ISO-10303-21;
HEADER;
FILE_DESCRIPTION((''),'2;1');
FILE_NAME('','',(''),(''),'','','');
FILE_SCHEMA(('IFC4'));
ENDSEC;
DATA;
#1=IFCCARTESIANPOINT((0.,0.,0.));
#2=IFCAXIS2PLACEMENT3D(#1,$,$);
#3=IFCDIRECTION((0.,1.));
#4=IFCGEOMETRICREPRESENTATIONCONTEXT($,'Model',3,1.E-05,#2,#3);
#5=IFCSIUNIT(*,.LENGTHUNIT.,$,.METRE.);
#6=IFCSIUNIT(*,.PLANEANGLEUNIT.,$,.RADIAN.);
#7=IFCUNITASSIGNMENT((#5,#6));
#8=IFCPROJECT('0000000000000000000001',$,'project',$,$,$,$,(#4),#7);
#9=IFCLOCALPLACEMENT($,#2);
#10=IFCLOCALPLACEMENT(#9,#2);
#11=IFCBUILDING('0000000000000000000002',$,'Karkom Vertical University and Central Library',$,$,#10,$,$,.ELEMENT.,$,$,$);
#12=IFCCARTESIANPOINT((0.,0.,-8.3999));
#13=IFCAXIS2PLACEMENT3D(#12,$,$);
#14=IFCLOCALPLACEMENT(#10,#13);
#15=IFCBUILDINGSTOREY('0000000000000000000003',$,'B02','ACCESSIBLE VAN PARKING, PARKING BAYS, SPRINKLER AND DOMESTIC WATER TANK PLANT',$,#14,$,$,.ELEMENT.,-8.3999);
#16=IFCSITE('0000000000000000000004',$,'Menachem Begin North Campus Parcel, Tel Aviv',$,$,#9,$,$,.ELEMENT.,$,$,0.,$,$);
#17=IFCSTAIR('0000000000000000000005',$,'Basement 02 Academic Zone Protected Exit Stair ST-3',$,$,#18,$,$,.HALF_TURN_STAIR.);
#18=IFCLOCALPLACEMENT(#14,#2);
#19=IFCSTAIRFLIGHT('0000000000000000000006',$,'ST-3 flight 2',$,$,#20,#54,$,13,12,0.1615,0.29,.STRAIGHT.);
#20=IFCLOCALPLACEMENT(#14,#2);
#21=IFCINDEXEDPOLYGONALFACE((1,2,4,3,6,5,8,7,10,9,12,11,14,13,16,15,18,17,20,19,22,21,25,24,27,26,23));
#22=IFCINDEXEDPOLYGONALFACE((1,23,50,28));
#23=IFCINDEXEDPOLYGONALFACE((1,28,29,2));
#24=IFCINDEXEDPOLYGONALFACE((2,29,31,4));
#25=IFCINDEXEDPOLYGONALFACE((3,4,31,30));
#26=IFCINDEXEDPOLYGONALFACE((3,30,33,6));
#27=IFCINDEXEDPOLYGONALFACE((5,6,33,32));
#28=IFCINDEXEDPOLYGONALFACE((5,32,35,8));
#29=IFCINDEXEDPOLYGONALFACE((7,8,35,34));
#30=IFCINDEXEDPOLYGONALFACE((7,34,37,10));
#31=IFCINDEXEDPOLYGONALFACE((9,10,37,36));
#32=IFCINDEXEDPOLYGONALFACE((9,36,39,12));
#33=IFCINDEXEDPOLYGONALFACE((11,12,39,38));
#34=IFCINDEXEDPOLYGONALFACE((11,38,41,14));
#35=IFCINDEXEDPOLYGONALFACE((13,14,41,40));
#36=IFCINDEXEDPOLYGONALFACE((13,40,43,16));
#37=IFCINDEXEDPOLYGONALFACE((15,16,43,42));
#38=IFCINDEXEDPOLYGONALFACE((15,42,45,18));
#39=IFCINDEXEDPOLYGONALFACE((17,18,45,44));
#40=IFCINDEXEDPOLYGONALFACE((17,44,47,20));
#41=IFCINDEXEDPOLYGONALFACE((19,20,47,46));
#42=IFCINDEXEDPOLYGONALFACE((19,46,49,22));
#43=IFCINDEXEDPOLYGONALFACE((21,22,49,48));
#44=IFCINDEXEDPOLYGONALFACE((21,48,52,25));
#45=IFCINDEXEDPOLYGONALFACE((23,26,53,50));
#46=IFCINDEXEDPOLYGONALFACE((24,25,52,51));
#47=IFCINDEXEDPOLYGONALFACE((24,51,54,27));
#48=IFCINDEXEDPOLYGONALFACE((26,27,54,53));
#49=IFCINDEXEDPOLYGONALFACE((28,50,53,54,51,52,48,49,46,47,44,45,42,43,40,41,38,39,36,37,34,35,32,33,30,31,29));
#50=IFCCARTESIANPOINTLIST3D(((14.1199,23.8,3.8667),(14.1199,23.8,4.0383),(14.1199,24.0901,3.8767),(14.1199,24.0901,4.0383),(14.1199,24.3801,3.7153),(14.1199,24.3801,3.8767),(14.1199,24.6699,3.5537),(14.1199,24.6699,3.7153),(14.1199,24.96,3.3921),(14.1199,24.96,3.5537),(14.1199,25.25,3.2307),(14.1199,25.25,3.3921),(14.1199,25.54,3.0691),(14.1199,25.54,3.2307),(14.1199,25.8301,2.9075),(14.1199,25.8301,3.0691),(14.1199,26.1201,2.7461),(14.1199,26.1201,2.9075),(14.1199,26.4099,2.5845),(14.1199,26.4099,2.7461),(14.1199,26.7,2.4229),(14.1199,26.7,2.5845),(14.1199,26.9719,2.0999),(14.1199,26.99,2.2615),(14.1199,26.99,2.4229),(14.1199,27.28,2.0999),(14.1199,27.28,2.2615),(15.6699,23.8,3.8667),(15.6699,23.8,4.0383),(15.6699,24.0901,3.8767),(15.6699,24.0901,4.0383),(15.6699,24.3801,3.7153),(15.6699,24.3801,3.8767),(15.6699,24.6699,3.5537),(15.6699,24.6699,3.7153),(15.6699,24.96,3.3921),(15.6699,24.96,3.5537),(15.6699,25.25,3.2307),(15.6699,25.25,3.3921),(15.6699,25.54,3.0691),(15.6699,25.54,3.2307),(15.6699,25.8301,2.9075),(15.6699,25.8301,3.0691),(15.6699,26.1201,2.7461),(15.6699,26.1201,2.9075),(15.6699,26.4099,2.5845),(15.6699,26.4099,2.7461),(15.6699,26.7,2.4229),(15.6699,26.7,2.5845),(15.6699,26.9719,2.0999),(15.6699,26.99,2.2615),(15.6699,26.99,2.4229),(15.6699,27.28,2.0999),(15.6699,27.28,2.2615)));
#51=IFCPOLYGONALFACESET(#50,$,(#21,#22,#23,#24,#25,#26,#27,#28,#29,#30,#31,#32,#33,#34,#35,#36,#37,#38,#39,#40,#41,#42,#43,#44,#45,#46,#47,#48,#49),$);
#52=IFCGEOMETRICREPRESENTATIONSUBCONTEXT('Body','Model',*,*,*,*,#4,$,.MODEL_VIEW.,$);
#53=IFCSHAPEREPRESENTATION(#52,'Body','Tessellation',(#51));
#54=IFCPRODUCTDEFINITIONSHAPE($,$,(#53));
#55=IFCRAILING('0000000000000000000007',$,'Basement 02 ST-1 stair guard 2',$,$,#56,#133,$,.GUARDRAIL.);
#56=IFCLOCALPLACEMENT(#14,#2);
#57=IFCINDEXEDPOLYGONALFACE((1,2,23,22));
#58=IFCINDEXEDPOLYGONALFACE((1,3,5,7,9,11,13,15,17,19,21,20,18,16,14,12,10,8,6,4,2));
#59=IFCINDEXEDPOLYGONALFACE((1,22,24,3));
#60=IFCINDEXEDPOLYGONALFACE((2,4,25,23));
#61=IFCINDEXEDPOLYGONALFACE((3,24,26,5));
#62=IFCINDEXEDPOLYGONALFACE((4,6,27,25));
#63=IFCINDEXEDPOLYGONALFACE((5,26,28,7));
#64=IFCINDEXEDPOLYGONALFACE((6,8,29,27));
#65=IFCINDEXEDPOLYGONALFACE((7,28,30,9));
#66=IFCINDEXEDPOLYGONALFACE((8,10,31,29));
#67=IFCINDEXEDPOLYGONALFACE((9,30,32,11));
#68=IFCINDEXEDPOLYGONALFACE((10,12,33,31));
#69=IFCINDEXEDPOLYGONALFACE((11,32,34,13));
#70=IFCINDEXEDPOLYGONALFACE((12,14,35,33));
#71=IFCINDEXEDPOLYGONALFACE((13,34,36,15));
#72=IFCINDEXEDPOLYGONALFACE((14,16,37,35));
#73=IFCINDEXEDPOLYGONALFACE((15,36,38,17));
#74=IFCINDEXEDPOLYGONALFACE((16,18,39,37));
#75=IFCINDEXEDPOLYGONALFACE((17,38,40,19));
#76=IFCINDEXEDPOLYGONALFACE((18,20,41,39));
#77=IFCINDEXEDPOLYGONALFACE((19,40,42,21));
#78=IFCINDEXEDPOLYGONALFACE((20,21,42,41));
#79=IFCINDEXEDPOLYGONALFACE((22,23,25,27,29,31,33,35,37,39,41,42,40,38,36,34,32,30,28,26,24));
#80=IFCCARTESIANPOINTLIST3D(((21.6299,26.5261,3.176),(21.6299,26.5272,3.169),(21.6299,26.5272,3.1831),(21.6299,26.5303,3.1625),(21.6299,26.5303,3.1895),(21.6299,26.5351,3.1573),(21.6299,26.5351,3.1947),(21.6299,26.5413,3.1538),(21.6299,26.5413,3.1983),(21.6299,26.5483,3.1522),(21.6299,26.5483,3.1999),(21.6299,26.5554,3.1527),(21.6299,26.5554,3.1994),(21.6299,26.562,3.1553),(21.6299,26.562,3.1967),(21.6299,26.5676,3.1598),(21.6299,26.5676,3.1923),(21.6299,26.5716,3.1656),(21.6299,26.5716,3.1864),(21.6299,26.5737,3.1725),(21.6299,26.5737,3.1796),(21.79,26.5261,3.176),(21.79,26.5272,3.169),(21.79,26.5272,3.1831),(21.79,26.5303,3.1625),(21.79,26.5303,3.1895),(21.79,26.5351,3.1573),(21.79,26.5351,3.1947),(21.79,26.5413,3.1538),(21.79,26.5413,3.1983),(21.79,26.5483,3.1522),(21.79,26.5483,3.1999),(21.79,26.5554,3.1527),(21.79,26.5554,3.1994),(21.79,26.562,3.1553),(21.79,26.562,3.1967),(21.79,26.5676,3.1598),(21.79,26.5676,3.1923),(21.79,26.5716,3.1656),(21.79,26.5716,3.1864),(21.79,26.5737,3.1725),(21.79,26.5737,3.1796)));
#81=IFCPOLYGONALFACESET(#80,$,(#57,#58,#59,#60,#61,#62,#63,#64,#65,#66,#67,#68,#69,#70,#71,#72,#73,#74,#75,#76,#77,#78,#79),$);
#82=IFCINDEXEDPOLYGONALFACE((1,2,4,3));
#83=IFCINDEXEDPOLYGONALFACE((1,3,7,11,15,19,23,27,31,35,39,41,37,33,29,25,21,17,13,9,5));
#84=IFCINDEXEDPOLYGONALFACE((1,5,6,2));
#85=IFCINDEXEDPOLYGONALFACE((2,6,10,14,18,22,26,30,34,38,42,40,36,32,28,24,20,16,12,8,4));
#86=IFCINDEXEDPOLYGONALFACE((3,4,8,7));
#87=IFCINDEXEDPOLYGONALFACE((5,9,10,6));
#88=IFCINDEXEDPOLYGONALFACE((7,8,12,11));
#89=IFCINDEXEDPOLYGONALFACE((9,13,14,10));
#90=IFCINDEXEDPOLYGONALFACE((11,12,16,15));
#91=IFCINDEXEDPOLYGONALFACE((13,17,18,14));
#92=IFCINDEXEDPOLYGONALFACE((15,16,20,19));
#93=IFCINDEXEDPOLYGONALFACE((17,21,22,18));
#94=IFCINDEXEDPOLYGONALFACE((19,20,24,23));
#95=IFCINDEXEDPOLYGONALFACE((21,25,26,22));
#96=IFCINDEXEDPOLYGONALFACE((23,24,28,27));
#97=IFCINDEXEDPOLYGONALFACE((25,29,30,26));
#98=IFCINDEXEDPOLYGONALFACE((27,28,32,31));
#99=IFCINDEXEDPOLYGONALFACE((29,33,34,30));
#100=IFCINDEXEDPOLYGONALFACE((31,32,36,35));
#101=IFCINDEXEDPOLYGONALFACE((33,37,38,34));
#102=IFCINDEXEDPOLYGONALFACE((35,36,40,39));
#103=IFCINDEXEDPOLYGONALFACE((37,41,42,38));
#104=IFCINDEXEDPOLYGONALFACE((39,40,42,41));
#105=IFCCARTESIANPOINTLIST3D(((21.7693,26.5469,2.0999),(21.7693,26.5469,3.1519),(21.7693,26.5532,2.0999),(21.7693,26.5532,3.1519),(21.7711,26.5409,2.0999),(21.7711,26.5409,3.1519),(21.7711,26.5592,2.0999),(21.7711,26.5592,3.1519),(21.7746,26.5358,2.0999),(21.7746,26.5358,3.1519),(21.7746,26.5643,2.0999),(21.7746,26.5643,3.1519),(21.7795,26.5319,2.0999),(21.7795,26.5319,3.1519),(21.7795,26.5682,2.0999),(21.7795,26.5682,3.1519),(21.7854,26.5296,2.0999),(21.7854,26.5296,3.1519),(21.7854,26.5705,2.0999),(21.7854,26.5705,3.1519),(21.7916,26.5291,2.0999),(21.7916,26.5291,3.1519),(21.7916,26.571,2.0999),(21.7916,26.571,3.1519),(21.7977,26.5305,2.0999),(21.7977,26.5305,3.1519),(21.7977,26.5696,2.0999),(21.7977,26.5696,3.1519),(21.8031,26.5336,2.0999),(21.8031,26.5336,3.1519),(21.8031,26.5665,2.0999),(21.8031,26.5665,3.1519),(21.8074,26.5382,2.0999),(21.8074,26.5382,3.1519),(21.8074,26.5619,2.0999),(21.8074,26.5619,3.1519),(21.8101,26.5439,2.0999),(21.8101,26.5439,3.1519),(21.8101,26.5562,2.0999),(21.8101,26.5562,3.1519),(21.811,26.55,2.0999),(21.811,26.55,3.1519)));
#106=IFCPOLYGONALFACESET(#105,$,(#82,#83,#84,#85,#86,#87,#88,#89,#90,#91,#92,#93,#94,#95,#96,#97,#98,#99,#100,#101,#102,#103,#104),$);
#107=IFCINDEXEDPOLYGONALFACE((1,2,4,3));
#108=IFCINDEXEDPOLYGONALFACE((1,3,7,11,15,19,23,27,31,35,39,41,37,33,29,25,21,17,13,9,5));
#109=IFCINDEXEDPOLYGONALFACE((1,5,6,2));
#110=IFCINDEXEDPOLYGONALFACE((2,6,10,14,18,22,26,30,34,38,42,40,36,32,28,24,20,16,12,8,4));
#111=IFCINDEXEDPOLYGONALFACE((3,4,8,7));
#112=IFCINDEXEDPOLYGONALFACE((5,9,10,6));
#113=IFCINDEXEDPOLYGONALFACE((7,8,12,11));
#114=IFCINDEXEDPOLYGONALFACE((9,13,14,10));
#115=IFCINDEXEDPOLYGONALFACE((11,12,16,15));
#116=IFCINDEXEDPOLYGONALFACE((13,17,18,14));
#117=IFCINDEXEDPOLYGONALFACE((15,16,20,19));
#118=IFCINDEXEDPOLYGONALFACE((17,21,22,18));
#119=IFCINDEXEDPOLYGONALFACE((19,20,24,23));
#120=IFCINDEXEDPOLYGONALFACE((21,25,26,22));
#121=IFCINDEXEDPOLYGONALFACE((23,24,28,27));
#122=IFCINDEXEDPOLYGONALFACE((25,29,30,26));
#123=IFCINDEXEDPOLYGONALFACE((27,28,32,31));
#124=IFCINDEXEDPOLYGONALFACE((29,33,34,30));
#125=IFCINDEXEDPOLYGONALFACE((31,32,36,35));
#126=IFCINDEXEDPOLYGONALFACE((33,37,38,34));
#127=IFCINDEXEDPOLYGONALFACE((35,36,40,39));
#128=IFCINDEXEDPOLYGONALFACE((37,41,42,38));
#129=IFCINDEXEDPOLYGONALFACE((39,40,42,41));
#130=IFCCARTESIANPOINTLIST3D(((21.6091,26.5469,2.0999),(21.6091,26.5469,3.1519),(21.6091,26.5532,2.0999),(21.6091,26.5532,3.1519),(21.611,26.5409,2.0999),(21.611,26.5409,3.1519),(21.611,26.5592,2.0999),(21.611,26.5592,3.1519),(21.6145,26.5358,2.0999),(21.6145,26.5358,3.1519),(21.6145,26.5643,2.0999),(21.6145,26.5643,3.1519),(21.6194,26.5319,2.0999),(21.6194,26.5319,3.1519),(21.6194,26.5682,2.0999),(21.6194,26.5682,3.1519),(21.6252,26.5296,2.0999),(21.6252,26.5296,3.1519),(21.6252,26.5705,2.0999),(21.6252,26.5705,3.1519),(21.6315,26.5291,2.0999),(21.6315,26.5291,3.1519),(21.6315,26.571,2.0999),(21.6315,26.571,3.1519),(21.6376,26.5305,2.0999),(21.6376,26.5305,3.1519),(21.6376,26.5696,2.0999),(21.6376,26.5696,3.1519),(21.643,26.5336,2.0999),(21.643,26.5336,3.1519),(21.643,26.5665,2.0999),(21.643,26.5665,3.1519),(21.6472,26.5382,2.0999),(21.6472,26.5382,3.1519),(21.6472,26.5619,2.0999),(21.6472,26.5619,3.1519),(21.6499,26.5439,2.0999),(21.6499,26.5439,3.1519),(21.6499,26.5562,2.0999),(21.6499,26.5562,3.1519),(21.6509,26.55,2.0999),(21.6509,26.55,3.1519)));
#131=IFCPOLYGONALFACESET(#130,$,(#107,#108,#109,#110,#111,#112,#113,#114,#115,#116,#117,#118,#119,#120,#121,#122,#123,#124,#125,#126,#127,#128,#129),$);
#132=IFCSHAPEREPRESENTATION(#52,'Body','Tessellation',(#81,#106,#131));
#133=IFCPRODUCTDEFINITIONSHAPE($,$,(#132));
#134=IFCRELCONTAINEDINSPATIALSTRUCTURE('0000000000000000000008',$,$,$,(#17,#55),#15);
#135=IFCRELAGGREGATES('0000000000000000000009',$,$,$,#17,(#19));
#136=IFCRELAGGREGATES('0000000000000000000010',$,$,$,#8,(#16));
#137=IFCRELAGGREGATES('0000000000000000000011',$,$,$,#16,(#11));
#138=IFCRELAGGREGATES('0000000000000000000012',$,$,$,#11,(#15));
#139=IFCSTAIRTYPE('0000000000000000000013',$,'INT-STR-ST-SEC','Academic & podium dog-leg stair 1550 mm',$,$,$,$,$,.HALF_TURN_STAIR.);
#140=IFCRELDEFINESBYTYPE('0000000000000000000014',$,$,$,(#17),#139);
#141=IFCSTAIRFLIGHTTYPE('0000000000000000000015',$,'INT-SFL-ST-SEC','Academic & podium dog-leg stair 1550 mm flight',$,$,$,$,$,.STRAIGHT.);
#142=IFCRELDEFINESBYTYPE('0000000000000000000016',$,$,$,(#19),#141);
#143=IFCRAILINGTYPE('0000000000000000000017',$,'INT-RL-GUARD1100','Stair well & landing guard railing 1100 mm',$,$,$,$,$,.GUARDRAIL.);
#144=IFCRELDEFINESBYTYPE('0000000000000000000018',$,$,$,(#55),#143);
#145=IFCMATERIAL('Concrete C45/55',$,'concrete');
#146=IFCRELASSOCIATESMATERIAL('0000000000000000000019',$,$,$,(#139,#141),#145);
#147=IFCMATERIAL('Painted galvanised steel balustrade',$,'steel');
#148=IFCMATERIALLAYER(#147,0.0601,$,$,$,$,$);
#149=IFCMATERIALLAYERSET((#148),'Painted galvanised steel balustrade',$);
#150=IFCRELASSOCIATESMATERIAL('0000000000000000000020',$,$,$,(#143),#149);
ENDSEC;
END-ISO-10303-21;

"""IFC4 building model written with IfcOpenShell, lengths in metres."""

from ifc_helpers import new_model, si_unit, direction, frame, origin, origin_2d, place, context, subcontext, project, spatial, polyline, circle, outline, extrude, material, layer, layer_set, type_object, element, aggregate, save


model = new_model("IFC4")

# Units and contexts
model_context = context("Model", 3, precision=1e-05, world=origin(), true_north=direction((0.0, 1.0)))
body_context = subcontext(model_context, "Body", "Model", "MODEL_VIEW")
ifc_project = project(units=[si_unit("LENGTHUNIT", "METRE"), si_unit("PLANEANGLEUNIT", "RADIAN")], contexts=[model_context])

# Site, building, storey
site_placement = place(None, origin())
site = spatial("IfcSite", under=ifc_project, at=site_placement, Name="Menachem Begin North Campus Parcel, Tel Aviv", CompositionType="ELEMENT", RefElevation=0.0)
building_placement = place(site_placement, origin())
building = spatial("IfcBuilding", under=site, at=building_placement, Name="Karkom Vertical University and Central Library", CompositionType="ELEMENT")
storey_placement = place(building_placement, frame((0.0, 0.0, -8.3999)))
storey = spatial("IfcBuildingStorey", under=building, at=storey_placement, Name="B02", Description="ACCESSIBLE VAN PARKING, PARKING BAYS, SPRINKLER AND DOMESTIC WATER TANK PLANT", CompositionType="ELEMENT", Elevation=-8.3999)

# Shared definitions
ifc_material_1 = material(Name="Concrete C45/55", Category="concrete")

# Stair, stair flight
stair_type_1 = type_object("IfcStairType", Name="INT-STR-ST-SEC", Description="Academic & podium dog-leg stair 1550 mm", PredefinedType="HALF_TURN_STAIR", material=ifc_material_1)
stair_1_placement = place(storey_placement, origin())
stair_1 = element("IfcStair", 1, at=stair_1_placement, inside=storey, type_object=stair_type_1, Name="Basement 02 Academic Zone Protected Exit Stair ST-3", PredefinedType="HALF_TURN_STAIR")
stair_flight_type_1 = type_object("IfcStairFlightType", Name="INT-SFL-ST-SEC", Description="Academic & podium dog-leg stair 1550 mm flight", PredefinedType="STRAIGHT", material=ifc_material_1)
stair_flight_1_placement = place(storey_placement, frame((14.895, 27.28, 2.0999), z_axis=(0.0, 0.0, 1.0), x_axis=(0.0, -1.0, 0.0)))
stair_flight_1 = element("IfcStairFlight", 2, at=stair_flight_1_placement, type_object=stair_flight_type_1, Name="ST-3 flight 2", NumberOfRisers=13, NumberOfTreads=12, PredefinedType="STRAIGHT", RiserHeight=0.1615, TreadLength=0.29, context=body_context, shape_type="SweptSolid", body=[
    extrude(outline(polyline([(0.0, 0.0), (0.0, 0.1616), (0.29, 0.1616), (0.29, 0.323), (0.5801, 0.323), (0.5801, 0.4846), (0.8701, 0.4846), (0.8701, 0.6462), (1.1599, 0.6462), (1.1599, 0.8076), (1.45, 0.8076), (1.45, 0.9692), (1.74, 0.9692), (1.74, 1.1309), (2.03, 1.1309), (2.03, 1.2922), (2.3201, 1.2922), (2.3201, 1.4539), (2.6101, 1.4539), (2.6101, 1.6155), (2.8999, 1.6155), (2.8999, 1.7769), (3.1899, 1.7769), (3.1899, 1.9385), (3.48, 1.9385), (3.48, 2.1001), (3.48, 1.7668), (0.3081, 0.0), (0.0, 0.0)])), frame((0.0, 0.7749, 0.0), z_axis=(0.0, -1.0, 0.0), x_axis=(1.0, 0.0, 0.0)), (0.0, 0.0, 1.0), 1.55),
])
aggregate(stair_1, [stair_flight_1])

# Railing
ifc_material_2 = material(Name="Painted galvanised steel balustrade", Category="steel")
ifc_layer_1 = layer(ifc_material_2, 0.0601)
ifc_layer_set_1 = layer_set([ifc_layer_1], Name="Painted galvanised steel balustrade")
railing_type_1 = type_object("IfcRailingType", Name="INT-RL-GUARD1100", Description="Stair well & landing guard railing 1100 mm", PredefinedType="GUARDRAIL", material=ifc_layer_set_1)
railing_1_placement = place(storey_placement, frame((21.79, 26.55, 2.0999)))
element("IfcRailing", 3, at=railing_1_placement, inside=storey, type_object=railing_type_1, Name="Basement 02 ST-1 stair guard 2", PredefinedType="GUARDRAIL", context=body_context, shape_type="SweptSolid", body=[
    extrude(circle(Radius=0.0239, at=origin_2d()), frame((0.0, 0.0, 1.0762), z_axis=(-1.0, 0.0, 0.0), x_axis=(0.0, -1.0, 0.0)), (0.0, 0.0, 1.0), 0.1602),
    extrude(circle(Radius=0.021, at=origin_2d()), origin(), (0.0, 0.0, 1.0), 1.052),
    extrude(circle(Radius=0.021, at=origin_2d()), frame((-0.1602, 0.0, 0.0)), (0.0, 0.0, 1.0), 1.052),
])

save(model, "model.ifc")
